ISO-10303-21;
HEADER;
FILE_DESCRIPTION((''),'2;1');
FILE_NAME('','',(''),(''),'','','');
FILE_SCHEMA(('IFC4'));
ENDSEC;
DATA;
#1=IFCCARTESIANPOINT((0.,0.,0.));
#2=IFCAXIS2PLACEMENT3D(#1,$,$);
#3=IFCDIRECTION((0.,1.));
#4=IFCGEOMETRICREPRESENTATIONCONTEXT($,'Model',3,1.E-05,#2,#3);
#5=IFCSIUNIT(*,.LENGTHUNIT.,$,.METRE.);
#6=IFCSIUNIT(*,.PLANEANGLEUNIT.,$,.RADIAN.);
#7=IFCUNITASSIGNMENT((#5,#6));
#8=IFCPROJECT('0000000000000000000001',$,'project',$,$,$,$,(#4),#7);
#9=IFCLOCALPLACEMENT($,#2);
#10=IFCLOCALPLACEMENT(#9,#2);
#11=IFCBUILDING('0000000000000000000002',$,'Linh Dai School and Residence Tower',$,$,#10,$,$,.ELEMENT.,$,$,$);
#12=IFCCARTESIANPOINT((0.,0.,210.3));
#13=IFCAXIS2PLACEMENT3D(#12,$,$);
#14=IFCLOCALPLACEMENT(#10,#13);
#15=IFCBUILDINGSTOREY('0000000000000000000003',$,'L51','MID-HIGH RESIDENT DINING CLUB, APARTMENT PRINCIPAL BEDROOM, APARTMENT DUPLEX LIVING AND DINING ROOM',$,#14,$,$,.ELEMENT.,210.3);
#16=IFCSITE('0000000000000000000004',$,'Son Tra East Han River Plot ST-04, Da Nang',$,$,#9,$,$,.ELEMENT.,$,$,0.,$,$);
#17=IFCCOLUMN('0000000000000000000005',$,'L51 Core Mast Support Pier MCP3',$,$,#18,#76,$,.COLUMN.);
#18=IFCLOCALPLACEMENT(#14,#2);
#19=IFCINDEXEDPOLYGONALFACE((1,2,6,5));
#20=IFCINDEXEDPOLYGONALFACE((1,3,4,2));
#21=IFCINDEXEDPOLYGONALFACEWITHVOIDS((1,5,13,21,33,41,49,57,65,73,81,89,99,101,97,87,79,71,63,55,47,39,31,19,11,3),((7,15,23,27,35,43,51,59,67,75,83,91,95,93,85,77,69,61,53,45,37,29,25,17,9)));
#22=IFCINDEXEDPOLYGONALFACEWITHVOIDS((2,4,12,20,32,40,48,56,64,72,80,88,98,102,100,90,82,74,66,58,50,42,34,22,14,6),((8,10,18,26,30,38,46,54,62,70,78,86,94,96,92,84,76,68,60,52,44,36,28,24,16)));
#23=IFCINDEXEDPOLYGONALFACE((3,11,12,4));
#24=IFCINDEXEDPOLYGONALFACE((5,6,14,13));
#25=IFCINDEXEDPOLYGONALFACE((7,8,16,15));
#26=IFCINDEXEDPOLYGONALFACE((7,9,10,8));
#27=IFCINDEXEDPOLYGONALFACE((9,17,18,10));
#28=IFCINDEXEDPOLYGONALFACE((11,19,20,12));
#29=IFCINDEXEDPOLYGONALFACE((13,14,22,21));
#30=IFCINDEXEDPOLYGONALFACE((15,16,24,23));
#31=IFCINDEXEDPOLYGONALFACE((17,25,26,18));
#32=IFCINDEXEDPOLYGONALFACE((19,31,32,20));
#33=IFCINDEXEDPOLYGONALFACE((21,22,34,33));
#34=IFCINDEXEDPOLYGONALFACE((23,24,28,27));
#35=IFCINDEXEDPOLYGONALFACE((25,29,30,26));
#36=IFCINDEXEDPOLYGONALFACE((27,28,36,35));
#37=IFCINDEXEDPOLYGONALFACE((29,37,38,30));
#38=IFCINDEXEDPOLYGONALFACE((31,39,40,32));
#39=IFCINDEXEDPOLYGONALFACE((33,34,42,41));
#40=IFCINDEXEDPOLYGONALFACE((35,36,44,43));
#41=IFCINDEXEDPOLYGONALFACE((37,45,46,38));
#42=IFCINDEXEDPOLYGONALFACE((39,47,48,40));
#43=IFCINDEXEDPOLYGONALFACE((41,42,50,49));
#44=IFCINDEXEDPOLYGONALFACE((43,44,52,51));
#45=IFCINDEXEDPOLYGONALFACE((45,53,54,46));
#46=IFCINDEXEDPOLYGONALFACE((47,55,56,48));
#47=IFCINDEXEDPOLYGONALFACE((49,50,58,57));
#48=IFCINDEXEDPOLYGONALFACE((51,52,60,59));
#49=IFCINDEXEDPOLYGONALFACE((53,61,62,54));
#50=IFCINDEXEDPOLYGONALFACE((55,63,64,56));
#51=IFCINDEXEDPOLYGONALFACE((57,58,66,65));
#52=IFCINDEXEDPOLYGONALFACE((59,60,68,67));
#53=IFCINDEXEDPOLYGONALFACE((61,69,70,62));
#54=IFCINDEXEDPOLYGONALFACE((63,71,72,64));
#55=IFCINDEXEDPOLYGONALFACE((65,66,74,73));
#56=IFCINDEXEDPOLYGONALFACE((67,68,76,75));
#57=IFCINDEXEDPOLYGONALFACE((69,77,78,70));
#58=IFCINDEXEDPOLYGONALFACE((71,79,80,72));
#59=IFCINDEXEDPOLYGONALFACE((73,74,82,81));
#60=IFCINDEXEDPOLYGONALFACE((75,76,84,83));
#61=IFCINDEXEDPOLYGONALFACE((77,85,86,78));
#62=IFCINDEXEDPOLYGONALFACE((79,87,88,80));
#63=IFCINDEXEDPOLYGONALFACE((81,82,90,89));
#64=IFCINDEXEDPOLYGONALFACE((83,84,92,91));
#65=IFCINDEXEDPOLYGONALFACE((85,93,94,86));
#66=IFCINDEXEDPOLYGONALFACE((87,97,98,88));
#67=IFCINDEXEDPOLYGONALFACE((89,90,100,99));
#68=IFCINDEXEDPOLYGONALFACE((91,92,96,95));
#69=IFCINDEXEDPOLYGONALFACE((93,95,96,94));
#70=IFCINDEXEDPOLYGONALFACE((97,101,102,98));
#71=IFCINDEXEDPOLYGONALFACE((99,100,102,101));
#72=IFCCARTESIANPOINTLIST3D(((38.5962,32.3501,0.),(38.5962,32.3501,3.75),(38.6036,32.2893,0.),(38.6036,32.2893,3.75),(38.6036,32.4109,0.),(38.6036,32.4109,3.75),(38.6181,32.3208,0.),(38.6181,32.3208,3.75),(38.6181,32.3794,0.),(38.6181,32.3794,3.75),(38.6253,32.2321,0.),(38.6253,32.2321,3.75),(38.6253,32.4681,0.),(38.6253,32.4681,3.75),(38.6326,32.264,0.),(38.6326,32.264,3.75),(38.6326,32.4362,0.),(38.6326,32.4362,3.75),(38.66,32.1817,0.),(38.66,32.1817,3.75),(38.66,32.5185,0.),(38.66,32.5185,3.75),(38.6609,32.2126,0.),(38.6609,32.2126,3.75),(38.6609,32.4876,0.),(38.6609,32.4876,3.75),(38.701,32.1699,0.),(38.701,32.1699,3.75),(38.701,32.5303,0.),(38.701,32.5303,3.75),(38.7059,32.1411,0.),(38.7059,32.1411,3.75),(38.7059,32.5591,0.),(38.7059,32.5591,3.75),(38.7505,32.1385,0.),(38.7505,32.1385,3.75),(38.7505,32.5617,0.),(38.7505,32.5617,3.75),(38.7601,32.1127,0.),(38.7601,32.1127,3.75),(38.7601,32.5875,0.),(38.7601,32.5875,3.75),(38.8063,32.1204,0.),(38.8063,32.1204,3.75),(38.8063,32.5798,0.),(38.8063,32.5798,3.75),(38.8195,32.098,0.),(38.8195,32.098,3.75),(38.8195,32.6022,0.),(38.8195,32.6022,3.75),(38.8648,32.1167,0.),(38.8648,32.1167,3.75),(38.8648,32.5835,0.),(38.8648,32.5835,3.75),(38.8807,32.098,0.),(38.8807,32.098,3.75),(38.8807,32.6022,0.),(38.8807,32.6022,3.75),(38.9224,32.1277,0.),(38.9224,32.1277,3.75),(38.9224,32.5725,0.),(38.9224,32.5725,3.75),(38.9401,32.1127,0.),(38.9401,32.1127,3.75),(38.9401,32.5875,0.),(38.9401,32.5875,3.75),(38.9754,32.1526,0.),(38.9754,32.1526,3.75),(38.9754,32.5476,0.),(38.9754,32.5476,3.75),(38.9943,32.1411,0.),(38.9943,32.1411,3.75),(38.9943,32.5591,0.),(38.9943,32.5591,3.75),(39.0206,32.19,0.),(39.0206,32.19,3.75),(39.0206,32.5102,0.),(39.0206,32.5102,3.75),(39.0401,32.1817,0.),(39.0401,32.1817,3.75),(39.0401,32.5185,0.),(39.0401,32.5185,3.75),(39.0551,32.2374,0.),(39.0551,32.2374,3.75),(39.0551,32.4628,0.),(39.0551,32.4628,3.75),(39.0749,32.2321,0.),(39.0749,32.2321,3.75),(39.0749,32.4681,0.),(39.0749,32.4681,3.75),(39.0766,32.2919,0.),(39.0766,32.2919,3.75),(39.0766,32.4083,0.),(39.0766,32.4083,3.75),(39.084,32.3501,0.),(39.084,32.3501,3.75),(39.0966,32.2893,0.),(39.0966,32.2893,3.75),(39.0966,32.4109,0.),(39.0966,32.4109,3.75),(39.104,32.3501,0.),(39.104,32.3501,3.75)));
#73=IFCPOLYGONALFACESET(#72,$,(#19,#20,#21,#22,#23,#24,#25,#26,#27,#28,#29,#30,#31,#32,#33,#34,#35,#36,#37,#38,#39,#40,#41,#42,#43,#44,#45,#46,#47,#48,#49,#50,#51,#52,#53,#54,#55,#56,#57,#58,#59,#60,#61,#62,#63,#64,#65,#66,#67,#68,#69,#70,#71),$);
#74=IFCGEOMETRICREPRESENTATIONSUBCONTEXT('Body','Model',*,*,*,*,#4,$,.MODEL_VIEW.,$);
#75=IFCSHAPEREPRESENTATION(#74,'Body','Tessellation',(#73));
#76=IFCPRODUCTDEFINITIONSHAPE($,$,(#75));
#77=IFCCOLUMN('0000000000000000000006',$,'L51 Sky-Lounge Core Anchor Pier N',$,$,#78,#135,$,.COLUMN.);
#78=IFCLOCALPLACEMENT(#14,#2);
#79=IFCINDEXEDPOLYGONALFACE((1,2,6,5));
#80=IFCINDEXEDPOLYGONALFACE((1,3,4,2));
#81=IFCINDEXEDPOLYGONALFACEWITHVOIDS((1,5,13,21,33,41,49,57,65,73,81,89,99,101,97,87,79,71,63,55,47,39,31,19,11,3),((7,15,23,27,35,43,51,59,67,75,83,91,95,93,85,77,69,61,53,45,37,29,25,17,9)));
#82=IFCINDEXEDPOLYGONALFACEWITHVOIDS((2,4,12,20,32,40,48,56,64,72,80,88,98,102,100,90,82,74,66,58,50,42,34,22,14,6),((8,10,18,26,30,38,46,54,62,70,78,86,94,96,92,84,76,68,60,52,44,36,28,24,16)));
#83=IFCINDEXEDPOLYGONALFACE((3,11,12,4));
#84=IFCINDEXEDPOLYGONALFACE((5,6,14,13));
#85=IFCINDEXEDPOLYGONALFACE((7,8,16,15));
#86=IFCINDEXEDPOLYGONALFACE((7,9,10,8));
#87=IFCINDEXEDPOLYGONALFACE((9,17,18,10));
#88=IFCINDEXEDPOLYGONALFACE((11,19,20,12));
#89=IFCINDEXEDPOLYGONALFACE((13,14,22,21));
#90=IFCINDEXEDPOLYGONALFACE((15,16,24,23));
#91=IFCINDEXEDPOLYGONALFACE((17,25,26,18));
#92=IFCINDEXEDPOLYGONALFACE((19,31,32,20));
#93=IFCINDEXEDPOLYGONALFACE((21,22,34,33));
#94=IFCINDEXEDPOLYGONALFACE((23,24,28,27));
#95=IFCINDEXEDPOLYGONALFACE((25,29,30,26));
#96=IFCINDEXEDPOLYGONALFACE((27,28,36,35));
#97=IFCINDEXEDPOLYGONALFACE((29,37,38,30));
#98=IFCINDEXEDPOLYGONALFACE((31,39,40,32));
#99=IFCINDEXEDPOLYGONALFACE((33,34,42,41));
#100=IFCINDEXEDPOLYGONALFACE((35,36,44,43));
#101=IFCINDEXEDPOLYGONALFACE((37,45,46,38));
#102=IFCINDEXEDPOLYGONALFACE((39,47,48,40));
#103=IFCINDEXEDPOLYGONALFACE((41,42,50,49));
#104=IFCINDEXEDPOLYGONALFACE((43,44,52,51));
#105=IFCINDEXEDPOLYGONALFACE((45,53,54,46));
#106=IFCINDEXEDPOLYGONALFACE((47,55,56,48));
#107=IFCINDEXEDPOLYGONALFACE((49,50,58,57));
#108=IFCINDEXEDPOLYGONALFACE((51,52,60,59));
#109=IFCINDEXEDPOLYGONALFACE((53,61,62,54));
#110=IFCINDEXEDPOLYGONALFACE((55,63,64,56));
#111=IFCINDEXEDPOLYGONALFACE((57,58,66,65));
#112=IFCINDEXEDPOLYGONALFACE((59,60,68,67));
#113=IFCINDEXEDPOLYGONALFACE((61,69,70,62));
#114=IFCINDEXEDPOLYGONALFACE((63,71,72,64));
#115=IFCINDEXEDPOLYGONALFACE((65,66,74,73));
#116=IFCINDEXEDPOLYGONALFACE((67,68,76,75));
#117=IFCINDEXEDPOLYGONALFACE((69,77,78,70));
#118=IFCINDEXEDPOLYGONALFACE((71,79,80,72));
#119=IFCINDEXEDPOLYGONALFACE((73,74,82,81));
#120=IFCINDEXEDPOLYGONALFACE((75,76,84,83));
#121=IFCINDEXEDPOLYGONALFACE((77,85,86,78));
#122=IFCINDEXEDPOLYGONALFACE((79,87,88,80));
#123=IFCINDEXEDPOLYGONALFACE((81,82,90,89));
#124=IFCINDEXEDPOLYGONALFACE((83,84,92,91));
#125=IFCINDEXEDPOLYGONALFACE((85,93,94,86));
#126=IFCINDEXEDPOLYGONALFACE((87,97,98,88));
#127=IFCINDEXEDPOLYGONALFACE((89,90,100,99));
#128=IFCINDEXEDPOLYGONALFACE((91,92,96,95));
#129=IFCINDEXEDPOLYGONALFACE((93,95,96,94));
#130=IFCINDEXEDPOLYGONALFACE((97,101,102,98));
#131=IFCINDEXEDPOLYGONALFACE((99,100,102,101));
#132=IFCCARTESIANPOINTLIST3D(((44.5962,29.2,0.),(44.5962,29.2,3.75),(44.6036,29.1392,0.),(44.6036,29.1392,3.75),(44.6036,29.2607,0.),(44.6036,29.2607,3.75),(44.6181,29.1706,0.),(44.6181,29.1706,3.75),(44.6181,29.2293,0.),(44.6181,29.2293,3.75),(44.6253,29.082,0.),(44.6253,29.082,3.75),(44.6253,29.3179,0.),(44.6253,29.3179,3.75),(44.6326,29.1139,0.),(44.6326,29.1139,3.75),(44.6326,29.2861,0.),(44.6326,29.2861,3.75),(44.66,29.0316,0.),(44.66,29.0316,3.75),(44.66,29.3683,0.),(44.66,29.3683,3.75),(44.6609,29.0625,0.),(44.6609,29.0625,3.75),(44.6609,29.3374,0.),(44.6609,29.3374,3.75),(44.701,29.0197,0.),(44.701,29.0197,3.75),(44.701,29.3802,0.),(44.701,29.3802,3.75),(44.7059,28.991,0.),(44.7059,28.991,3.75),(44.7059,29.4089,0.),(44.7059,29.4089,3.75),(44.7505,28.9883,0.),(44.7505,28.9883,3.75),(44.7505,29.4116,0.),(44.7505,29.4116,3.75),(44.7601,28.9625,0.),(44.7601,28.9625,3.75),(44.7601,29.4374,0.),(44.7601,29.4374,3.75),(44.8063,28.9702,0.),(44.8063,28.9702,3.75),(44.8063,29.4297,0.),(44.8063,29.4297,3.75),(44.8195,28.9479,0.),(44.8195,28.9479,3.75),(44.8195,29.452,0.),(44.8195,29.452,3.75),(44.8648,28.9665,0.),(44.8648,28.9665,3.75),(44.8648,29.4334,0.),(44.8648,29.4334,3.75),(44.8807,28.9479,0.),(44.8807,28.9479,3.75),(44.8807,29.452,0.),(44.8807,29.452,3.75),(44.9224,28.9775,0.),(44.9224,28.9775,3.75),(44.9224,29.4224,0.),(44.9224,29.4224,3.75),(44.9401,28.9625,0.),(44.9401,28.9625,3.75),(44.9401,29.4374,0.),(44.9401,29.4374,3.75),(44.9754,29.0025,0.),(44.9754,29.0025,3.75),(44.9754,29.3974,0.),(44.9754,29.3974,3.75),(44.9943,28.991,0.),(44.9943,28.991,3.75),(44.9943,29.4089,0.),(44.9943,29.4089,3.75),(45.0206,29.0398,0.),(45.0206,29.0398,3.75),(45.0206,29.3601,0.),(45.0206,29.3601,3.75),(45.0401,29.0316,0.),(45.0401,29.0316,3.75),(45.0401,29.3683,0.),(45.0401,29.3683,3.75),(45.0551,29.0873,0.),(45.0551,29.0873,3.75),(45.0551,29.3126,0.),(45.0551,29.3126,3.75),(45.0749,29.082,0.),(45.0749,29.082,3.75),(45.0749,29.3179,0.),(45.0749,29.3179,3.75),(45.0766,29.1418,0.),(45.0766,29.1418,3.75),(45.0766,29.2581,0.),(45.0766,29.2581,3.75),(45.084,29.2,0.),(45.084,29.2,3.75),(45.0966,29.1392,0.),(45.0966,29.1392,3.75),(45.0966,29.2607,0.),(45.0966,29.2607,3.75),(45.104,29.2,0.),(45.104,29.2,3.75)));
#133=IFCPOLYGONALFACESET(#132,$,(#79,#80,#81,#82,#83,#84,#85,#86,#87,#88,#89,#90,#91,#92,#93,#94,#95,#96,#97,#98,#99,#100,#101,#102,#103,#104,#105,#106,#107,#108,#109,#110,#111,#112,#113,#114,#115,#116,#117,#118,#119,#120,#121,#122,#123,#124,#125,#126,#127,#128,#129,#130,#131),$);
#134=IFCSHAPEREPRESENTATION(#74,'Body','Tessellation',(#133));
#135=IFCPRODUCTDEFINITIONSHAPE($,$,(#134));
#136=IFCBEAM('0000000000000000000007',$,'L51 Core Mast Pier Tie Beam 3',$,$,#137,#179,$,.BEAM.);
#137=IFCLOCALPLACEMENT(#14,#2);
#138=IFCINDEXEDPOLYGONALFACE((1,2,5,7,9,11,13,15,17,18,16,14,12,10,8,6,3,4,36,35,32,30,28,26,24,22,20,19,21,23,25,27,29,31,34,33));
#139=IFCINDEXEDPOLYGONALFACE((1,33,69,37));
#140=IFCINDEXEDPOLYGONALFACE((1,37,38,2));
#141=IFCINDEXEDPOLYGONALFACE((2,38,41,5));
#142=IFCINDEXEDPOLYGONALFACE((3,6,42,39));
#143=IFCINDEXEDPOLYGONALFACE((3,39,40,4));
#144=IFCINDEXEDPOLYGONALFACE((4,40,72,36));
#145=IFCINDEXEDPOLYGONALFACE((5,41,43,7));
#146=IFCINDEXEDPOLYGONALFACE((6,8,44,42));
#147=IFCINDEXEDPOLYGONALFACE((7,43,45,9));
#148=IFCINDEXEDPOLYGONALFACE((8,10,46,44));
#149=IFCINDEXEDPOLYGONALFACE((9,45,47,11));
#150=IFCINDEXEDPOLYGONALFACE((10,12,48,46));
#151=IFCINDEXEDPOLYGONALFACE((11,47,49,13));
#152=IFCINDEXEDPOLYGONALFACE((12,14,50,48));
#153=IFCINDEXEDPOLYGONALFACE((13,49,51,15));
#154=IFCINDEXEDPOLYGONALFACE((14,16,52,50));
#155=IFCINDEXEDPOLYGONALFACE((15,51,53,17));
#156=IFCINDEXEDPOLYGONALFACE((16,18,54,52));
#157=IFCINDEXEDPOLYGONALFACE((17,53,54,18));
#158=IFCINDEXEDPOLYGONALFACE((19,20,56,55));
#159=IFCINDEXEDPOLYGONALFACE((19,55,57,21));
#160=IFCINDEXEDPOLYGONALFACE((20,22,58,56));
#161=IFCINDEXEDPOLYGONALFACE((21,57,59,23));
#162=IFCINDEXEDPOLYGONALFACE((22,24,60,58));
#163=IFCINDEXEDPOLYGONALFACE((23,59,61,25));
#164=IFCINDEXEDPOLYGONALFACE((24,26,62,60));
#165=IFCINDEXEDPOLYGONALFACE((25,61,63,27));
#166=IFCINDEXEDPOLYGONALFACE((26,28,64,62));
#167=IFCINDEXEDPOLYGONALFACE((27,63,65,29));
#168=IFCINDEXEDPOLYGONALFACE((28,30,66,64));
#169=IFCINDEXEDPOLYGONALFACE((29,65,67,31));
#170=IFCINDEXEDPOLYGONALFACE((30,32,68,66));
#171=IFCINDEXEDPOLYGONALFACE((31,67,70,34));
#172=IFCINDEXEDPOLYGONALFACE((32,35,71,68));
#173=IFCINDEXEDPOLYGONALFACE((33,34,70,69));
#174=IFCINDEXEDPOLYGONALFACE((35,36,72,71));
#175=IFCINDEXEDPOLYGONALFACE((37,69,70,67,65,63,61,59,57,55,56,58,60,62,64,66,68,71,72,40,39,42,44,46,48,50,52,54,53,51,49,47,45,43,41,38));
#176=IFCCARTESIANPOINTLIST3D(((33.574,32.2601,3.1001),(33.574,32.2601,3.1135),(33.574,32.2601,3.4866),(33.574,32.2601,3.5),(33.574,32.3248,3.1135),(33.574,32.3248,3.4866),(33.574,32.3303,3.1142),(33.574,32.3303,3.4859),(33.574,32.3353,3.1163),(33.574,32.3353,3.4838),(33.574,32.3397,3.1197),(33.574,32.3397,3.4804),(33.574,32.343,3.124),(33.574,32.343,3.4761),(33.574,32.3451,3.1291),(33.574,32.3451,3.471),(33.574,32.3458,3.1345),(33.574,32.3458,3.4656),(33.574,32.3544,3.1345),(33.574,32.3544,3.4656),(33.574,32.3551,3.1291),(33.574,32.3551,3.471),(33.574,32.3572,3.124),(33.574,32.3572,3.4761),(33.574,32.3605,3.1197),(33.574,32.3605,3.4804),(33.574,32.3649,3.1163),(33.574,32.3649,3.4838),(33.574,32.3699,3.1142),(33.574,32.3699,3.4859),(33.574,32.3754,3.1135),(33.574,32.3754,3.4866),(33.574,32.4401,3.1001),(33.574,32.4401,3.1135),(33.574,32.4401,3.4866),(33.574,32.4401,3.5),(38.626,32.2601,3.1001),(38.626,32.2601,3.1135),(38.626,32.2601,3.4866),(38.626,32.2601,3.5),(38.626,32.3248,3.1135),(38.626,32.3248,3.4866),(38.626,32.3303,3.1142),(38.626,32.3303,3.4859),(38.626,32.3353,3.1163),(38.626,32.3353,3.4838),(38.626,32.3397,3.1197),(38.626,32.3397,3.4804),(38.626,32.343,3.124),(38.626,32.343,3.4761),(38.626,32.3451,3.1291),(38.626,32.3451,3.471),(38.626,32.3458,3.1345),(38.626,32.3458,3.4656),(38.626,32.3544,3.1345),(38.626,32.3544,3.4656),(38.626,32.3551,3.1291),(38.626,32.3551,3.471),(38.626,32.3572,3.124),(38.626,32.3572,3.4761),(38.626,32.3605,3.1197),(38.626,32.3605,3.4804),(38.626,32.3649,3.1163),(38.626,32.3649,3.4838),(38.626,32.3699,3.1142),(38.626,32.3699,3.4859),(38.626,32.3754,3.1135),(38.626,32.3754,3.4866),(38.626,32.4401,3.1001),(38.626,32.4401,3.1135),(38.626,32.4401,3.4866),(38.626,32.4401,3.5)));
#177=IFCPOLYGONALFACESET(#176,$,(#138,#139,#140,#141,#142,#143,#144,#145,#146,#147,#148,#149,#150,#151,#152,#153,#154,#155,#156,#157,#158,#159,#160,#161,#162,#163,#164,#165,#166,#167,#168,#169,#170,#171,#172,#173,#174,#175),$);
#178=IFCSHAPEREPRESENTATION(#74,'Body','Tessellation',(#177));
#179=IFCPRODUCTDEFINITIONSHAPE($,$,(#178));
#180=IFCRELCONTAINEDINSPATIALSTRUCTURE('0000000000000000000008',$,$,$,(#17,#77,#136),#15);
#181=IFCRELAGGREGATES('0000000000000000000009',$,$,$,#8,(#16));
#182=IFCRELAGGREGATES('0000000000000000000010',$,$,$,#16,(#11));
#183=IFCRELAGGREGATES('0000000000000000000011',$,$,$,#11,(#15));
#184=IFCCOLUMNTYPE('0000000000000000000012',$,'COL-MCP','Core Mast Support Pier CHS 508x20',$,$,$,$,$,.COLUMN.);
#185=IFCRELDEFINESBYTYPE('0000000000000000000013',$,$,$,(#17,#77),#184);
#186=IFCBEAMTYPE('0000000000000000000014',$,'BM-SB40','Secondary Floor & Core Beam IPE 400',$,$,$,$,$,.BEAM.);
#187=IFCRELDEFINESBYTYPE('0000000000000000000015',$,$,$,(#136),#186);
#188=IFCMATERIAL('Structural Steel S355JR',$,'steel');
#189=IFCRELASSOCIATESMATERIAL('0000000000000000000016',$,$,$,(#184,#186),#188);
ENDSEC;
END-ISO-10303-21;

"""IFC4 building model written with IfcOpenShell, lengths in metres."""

from ifc_helpers import new_model, si_unit, direction, frame, origin, origin_2d, place, context, subcontext, project, spatial, hollow_circle, i_section, extrude, material, material_profile, profile_set, type_object, element, save


model = new_model("IFC4")

# Units and contexts
model_context = context("Model", 3, precision=1e-05, world=origin(), true_north=direction((0.0, 1.0)))
body_context = subcontext(model_context, "Body", "Model", "MODEL_VIEW")
ifc_project = project(units=[si_unit("LENGTHUNIT", "METRE"), si_unit("PLANEANGLEUNIT", "RADIAN")], contexts=[model_context])

# Site, building, storey
site_placement = place(None, origin())
site = spatial("IfcSite", under=ifc_project, at=site_placement, Name="Son Tra East Han River Plot ST-04, Da Nang", CompositionType="ELEMENT", RefElevation=0.0)
building_placement = place(site_placement, origin())
building = spatial("IfcBuilding", under=site, at=building_placement, Name="Linh Dai School and Residence Tower", CompositionType="ELEMENT")
storey_placement = place(building_placement, frame((0.0, 0.0, 210.3)))
storey = spatial("IfcBuildingStorey", under=building, at=storey_placement, Name="L51", Description="MID-HIGH RESIDENT DINING CLUB, APARTMENT PRINCIPAL BEDROOM, APARTMENT DUPLEX LIVING AND DINING ROOM", CompositionType="ELEMENT", Elevation=210.3)

# Columns
ifc_material_1 = material(Name="Structural Steel S355JR", Category="steel")
ifc_material_profile_1 = material_profile(ifc_material_1, hollow_circle(Radius=0.2539, WallThickness=0.02, at=origin_2d()), Name="CHS 508x20")
ifc_profile_set_1 = profile_set([ifc_material_profile_1], Name="Structural Steel S355JR")
column_type_1 = type_object("IfcColumnType", Name="COL-MCP", Description="Core Mast Support Pier CHS 508x20", PredefinedType="COLUMN", material=ifc_profile_set_1)
for number, where, z_axis, x_axis, name in (
    (1, (38.8501, 32.3501, 0.0), (0.0, 0.0, 1.0), (1.0, 0.0, 0.0), "L51 Core Mast Support Pier MCP3"),
    (2, (44.8501, 29.2, 0.0), (0.0, 0.0, 1.0), (1.0, 0.0, 0.0), "L51 Sky-Lounge Core Anchor Pier N"),
):
    element("IfcColumn", number, at=place(storey_placement, frame(where, z_axis=z_axis, x_axis=x_axis)), inside=storey, type_object=column_type_1, Name=name, PredefinedType="COLUMN", context=body_context, shape_type="SweptSolid", body=[
        extrude(hollow_circle(Radius=0.2539, WallThickness=0.02, at=origin_2d()), origin(), (0.0, 0.0, 1.0), 3.75),
    ])

# Beam
ifc_material_profile_2 = material_profile(ifc_material_1, i_section(OverallWidth=0.1799, OverallDepth=0.3999, WebThickness=0.0085, FlangeThickness=0.0134, FilletRadius=0.021, at=origin_2d()), Name="IPE 400")
ifc_profile_set_2 = profile_set([ifc_material_profile_2], Name="Structural Steel S355JR")
beam_type_1 = type_object("IfcBeamType", Name="BM-SB40", Description="Secondary Floor & Core Beam IPE 400", PredefinedType="BEAM", material=ifc_profile_set_2)
beam_1_placement = place(storey_placement, frame((38.626, 32.3501, 3.3), z_axis=(-1.0, 0.0, 0.0), x_axis=(0.0, -1.0, 0.0)))
element("IfcBeam", 3, at=beam_1_placement, inside=storey, type_object=beam_type_1, Name="L51 Core Mast Pier Tie Beam 3", PredefinedType="BEAM", context=body_context, shape_type="SweptSolid", body=[
    extrude(i_section(OverallWidth=0.1799, OverallDepth=0.3999, WebThickness=0.0085, FlangeThickness=0.0134, FilletRadius=0.021, at=origin_2d()), origin(), (0.0, 0.0, 1.0), 5.052),
])

save(model, "model.ifc")
